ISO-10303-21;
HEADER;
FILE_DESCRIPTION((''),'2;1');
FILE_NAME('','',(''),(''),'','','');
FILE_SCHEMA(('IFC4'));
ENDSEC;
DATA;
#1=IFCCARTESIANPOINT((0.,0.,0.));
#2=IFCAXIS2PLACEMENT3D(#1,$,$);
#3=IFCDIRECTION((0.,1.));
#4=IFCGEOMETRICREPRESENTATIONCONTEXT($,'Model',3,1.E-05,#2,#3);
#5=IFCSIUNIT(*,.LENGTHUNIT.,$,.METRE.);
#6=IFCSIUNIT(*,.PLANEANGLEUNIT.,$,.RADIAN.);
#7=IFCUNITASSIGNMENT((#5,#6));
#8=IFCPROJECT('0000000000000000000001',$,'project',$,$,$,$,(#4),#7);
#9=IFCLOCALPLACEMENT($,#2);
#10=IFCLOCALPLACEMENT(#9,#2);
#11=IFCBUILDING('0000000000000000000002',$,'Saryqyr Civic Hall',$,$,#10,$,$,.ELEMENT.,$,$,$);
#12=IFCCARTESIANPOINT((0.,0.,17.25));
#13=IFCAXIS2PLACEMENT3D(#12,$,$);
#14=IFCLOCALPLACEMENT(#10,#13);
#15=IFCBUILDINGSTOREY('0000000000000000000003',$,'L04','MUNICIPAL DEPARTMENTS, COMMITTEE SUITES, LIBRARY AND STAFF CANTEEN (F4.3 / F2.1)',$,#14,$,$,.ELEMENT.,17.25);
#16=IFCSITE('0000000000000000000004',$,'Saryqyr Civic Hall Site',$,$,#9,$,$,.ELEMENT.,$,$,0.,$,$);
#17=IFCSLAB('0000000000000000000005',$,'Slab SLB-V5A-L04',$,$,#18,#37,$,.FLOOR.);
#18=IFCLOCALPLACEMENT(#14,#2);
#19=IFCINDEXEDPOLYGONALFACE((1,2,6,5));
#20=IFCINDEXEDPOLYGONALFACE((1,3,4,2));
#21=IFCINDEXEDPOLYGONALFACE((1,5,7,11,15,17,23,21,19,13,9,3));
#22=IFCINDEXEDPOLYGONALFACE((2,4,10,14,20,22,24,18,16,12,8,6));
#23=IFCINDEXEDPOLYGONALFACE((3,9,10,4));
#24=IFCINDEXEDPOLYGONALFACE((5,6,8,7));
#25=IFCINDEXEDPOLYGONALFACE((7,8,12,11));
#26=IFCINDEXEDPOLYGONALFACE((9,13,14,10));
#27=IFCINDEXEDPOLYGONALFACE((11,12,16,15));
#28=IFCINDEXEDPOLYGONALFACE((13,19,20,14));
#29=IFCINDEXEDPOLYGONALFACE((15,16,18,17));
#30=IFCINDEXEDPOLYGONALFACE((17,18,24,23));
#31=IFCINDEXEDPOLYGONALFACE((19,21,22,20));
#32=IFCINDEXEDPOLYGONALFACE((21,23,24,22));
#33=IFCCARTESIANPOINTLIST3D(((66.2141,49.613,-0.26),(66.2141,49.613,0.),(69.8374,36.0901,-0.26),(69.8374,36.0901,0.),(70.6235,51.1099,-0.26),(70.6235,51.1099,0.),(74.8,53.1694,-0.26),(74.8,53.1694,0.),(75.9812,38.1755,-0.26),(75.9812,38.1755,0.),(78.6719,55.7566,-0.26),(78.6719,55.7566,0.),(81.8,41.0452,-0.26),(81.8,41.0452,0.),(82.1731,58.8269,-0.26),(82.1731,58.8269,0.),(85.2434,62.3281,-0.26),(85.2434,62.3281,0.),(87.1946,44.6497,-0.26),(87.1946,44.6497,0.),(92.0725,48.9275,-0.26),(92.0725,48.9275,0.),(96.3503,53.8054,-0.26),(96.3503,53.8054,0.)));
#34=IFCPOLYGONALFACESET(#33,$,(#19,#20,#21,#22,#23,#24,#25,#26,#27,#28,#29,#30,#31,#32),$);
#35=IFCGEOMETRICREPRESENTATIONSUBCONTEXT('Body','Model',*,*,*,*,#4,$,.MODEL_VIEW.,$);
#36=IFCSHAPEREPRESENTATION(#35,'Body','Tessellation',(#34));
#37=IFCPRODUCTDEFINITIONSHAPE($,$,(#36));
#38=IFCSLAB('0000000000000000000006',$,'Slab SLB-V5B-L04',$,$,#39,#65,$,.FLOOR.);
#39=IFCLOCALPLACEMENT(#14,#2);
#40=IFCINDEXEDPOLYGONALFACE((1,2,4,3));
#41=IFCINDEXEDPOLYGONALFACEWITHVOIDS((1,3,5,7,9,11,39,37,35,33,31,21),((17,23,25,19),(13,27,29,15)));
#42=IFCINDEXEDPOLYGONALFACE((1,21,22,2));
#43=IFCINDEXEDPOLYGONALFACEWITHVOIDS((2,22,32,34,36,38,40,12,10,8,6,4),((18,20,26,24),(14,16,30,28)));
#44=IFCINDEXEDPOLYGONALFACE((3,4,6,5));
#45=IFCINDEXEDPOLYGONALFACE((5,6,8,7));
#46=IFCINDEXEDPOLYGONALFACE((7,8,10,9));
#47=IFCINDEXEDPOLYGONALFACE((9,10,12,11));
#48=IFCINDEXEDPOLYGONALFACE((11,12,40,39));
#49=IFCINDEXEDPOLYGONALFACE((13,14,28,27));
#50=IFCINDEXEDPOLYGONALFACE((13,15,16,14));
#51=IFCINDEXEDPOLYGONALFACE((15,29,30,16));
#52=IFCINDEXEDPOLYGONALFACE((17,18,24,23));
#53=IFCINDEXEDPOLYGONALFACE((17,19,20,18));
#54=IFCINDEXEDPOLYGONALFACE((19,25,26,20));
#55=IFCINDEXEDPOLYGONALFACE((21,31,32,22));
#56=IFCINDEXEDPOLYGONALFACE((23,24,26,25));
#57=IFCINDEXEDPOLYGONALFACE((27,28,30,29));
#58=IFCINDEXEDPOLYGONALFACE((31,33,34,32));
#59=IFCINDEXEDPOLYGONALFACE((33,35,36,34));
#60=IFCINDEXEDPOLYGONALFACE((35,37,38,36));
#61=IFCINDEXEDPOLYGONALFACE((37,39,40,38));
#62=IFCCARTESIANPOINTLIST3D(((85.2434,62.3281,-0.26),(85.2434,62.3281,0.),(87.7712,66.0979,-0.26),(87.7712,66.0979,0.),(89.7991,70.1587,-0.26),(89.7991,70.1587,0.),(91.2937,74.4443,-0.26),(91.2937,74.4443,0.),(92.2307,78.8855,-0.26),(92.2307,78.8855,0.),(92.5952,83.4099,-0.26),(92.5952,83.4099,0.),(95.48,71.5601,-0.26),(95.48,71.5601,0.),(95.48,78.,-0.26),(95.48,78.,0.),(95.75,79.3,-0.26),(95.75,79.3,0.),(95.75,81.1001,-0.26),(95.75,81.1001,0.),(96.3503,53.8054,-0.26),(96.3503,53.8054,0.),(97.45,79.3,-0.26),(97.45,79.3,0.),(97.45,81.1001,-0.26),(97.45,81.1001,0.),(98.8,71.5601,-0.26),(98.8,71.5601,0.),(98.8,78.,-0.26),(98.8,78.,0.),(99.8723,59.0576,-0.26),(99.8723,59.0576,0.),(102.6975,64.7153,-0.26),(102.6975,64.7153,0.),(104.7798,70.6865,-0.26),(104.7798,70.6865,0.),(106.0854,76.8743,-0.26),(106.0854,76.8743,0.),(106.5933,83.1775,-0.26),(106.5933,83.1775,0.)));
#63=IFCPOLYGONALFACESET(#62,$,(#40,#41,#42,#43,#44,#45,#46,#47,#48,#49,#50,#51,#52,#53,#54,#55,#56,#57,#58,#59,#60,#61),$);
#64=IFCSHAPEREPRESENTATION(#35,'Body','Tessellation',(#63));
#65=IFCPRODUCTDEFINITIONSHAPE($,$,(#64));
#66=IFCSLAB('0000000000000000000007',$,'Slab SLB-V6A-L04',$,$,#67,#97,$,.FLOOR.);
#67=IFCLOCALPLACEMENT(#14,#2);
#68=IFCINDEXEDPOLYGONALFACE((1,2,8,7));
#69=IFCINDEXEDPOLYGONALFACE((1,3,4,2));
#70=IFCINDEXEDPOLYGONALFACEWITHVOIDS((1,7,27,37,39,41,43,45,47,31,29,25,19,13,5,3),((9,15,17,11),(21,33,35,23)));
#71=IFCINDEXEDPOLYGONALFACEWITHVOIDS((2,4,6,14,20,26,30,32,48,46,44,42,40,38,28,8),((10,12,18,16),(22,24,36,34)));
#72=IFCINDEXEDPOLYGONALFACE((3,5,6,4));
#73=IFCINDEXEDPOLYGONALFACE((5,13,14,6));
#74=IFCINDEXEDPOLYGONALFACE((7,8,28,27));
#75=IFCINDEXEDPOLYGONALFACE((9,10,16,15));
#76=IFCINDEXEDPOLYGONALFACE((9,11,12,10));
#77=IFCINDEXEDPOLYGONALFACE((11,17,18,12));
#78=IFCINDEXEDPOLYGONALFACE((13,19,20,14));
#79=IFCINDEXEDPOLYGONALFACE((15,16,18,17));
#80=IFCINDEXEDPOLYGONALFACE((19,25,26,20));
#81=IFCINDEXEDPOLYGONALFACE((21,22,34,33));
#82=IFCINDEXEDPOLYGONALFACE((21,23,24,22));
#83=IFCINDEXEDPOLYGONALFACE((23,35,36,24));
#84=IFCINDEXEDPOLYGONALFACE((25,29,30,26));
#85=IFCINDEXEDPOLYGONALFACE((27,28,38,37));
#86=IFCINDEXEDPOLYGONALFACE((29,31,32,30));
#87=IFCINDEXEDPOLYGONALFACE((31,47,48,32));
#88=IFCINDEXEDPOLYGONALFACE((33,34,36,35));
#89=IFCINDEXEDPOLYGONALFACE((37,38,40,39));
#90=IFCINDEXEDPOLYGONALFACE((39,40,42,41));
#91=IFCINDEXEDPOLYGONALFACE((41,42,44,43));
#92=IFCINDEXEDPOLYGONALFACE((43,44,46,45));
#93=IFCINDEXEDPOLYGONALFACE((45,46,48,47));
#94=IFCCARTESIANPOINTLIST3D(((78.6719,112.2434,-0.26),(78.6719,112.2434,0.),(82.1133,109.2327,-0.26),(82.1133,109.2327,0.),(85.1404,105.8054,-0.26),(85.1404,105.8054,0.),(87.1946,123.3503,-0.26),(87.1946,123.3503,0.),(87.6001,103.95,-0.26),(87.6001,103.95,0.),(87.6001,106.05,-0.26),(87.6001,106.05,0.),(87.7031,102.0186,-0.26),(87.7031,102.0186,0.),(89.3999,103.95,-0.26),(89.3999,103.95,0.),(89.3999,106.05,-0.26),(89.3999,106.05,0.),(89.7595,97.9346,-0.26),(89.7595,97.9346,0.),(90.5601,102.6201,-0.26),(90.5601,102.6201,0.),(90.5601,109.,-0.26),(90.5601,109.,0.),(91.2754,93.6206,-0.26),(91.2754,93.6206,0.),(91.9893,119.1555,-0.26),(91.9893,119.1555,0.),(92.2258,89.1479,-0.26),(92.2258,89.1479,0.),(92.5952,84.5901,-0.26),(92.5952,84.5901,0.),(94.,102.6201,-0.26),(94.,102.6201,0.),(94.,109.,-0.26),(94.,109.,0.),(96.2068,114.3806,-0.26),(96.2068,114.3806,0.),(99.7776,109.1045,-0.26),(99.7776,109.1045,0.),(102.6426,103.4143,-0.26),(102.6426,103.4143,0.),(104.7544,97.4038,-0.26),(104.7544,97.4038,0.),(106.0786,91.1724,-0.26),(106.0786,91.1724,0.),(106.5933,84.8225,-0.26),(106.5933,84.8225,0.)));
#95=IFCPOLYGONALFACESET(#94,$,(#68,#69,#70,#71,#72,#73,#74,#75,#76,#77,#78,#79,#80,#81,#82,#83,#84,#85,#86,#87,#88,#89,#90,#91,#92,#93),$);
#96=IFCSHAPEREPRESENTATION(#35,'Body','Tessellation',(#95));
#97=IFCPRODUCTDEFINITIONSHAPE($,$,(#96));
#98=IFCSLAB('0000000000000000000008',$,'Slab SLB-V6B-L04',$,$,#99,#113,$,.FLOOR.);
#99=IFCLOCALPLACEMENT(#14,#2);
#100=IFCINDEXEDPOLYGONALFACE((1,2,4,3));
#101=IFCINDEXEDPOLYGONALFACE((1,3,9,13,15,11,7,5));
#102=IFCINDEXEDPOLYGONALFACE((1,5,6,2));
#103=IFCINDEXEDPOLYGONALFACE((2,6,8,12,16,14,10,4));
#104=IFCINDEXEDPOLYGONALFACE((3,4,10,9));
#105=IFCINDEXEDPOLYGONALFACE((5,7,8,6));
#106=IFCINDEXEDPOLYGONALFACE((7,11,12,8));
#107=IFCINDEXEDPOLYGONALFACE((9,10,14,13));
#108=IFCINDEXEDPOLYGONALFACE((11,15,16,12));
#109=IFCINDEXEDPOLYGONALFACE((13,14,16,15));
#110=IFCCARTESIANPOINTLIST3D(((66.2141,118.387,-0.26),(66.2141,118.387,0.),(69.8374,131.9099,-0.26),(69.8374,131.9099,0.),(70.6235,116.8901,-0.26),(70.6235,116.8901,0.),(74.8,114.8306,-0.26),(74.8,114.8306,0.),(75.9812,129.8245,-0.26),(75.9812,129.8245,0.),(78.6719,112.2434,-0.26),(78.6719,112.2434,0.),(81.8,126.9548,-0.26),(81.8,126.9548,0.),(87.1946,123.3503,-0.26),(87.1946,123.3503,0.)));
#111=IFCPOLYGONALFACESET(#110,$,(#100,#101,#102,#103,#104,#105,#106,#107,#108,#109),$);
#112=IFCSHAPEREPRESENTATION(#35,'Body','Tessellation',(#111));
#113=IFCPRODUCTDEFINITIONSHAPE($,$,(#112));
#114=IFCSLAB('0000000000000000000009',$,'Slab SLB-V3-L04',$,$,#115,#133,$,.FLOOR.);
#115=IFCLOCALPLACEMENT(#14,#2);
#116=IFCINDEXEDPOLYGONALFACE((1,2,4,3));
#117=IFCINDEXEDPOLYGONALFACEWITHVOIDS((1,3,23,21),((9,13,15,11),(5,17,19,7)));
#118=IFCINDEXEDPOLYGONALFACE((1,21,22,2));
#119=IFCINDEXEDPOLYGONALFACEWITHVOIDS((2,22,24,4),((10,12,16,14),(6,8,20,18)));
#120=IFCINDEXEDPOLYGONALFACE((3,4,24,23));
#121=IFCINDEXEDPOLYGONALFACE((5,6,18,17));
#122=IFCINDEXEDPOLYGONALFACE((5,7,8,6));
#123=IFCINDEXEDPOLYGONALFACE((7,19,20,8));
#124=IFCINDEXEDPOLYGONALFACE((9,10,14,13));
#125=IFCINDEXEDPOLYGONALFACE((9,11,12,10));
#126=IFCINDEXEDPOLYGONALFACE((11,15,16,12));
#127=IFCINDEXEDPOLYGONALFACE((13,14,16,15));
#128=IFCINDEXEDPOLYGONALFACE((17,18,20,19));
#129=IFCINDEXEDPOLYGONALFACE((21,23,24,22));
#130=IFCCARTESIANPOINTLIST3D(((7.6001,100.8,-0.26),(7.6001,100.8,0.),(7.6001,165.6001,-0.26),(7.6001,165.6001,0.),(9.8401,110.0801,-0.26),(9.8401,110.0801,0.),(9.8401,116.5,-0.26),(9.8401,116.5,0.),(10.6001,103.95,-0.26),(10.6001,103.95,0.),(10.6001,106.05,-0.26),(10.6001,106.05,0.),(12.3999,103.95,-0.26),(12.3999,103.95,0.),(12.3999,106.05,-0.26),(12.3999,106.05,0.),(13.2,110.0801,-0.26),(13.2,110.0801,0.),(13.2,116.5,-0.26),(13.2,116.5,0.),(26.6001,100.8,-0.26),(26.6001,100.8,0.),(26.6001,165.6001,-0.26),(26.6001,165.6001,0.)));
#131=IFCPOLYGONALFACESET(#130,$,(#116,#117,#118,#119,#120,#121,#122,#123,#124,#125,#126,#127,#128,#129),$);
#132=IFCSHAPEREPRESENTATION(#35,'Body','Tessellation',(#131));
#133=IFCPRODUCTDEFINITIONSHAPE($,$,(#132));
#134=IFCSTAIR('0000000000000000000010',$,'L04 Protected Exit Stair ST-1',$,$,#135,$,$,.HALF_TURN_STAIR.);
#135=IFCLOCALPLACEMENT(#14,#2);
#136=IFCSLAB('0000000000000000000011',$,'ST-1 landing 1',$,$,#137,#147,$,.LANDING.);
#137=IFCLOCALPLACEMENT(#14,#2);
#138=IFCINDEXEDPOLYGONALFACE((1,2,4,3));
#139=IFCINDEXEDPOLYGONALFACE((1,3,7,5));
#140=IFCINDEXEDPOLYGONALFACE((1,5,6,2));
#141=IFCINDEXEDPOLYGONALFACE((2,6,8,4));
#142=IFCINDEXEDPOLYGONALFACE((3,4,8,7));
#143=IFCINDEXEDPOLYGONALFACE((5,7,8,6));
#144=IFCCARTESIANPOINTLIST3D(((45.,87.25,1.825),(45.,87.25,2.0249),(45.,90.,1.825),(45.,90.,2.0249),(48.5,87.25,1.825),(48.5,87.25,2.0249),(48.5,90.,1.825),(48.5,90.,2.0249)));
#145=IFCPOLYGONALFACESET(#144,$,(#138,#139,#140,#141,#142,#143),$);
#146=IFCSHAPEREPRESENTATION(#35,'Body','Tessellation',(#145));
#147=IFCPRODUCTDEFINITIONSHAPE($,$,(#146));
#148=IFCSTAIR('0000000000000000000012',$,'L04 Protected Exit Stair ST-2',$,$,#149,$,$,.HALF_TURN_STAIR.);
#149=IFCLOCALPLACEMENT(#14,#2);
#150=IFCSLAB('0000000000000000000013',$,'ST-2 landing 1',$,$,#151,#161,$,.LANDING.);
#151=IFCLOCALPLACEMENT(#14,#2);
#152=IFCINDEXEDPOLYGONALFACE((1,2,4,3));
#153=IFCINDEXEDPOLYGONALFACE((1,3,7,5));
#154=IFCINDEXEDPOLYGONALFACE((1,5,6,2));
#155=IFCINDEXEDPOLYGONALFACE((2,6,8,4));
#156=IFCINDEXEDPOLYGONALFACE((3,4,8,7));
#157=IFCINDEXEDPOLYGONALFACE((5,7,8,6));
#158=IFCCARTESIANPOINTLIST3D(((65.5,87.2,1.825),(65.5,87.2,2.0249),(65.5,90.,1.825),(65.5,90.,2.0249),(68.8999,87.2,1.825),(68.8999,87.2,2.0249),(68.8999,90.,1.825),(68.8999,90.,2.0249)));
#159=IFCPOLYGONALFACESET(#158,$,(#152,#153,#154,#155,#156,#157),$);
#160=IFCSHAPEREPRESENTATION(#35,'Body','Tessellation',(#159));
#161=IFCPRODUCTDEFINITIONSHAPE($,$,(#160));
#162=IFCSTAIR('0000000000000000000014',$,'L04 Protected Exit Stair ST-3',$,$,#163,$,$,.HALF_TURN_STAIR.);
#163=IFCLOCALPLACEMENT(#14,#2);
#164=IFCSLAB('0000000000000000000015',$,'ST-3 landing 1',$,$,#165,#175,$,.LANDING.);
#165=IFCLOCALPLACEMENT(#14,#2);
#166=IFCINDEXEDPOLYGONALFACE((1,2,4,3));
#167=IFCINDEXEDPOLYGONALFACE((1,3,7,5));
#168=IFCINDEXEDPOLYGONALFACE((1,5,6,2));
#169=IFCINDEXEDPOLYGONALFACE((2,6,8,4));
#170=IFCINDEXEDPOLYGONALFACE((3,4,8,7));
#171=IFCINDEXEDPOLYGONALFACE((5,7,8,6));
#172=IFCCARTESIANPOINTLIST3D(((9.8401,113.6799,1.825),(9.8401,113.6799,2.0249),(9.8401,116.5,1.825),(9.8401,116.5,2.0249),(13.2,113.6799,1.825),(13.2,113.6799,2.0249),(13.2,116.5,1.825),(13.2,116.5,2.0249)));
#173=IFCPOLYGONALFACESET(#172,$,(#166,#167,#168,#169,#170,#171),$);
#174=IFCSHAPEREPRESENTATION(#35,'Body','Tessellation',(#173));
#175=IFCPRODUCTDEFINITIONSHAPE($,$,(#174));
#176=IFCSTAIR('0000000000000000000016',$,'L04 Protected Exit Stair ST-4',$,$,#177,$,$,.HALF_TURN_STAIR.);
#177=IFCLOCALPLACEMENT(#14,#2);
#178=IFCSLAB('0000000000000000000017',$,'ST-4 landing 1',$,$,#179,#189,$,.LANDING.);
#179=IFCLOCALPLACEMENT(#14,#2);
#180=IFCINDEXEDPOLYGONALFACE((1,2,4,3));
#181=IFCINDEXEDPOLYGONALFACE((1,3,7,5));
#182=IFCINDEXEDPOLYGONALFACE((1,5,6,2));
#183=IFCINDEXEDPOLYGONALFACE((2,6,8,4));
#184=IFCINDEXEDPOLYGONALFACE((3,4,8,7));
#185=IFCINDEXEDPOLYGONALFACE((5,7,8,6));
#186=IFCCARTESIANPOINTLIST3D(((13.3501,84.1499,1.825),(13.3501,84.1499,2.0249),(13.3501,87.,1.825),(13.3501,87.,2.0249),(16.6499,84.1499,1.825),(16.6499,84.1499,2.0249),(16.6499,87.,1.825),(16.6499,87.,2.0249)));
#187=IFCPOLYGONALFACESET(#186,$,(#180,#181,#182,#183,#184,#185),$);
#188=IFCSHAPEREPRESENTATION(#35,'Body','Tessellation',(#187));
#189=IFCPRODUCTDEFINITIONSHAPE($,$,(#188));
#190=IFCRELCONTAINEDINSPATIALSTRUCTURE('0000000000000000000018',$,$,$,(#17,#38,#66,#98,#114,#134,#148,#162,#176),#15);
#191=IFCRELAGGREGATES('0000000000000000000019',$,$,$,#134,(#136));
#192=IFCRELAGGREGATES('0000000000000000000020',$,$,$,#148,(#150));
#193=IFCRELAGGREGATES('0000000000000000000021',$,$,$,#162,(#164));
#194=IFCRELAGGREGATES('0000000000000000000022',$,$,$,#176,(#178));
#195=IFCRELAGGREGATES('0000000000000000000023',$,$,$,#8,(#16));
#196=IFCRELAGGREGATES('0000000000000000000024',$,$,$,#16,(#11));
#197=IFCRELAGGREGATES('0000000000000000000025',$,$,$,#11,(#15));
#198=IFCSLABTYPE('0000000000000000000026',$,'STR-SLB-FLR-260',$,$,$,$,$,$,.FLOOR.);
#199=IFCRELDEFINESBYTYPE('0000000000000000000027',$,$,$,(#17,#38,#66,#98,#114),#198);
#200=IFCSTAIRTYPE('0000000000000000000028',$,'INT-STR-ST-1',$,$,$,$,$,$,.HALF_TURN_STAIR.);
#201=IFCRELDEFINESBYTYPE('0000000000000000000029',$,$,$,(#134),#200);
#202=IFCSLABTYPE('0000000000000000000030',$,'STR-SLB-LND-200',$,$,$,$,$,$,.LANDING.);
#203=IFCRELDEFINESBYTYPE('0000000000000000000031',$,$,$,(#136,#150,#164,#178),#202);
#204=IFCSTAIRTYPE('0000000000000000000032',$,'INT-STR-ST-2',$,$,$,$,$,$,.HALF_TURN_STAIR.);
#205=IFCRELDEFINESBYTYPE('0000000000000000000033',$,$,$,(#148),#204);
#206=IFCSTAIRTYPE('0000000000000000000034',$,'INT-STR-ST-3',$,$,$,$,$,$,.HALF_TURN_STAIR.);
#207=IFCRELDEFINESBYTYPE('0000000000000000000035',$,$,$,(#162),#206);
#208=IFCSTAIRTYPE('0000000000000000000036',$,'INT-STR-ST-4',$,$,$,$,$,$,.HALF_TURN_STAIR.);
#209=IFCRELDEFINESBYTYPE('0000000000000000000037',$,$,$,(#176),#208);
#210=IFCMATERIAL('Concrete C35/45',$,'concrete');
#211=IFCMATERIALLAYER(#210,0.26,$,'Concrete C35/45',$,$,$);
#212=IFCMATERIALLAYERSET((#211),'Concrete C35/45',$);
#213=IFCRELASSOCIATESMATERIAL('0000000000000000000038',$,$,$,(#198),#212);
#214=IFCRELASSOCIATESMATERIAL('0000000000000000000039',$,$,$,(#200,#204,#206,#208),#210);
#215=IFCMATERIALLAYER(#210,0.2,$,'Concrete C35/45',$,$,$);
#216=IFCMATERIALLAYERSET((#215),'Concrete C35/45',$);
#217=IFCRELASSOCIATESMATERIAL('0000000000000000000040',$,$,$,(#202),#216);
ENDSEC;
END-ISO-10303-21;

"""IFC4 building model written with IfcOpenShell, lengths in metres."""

from ifc_helpers import new_model, si_unit, direction, frame, origin, place, context, subcontext, project, spatial, polyline, outline, extrude, material, layer, layer_set, type_object, element, aggregate, save


model = new_model("IFC4")

# Units and contexts
model_context = context("Model", 3, precision=1e-05, world=origin(), true_north=direction((0.0, 1.0)))
body_context = subcontext(model_context, "Body", "Model", "MODEL_VIEW")
ifc_project = project(units=[si_unit("LENGTHUNIT", "METRE"), si_unit("PLANEANGLEUNIT", "RADIAN")], contexts=[model_context])

# Site, building, storey
site_placement = place(None, origin())
site = spatial("IfcSite", under=ifc_project, at=site_placement, Name="Saryqyr Civic Hall Site", CompositionType="ELEMENT", RefElevation=0.0)
building_placement = place(site_placement, origin())
building = spatial("IfcBuilding", under=site, at=building_placement, Name="Saryqyr Civic Hall", CompositionType="ELEMENT")
storey_placement = place(building_placement, frame((0.0, 0.0, 17.25)))
storey = spatial("IfcBuildingStorey", under=building, at=storey_placement, Name="L04", Description="MUNICIPAL DEPARTMENTS, COMMITTEE SUITES, LIBRARY AND STAFF CANTEEN (F4.3 / F2.1)", CompositionType="ELEMENT", Elevation=17.25)

# Slabs
ifc_material_1 = material(Name="Concrete C35/45", Category="concrete")
ifc_layer_1 = layer(ifc_material_1, 0.26, Name="Concrete C35/45")
ifc_layer_set_1 = layer_set([ifc_layer_1], Name="Concrete C35/45")
slab_type_1 = type_object("IfcSlabType", Name="STR-SLB-FLR-260", PredefinedType="FLOOR", material=ifc_layer_set_1)
slab_1_placement = place(storey_placement, frame((0.0, 0.0, -0.26)))
element("IfcSlab", 1, at=slab_1_placement, inside=storey, type_object=slab_type_1, Name="Slab SLB-V5A-L04", PredefinedType="FLOOR", context=body_context, shape_type="SweptSolid", body=[
    extrude(outline(polyline([(70.6235, 51.1099), (74.8, 53.1694), (78.6719, 55.7566), (82.1731, 58.8269), (85.2434, 62.3281), (96.3503, 53.8054), (92.0725, 48.9275), (87.1946, 44.6497), (81.8, 41.0452), (75.9812, 38.1755), (69.8374, 36.0901), (66.2141, 49.613), (70.6235, 51.1099)])), origin(), (0.0, 0.0, 1.0), 0.26),
])
slab_2_placement = place(storey_placement, frame((0.0, 0.0, -0.26)))
element("IfcSlab", 2, at=slab_2_placement, inside=storey, type_object=slab_type_1, Name="Slab SLB-V5B-L04", PredefinedType="FLOOR", context=body_context, shape_type="SweptSolid", body=[
    extrude(outline(polyline([(87.7712, 66.0979), (89.7991, 70.1587), (91.2937, 74.4443), (92.2307, 78.8855), (92.5952, 83.4099), (106.5933, 83.1775), (106.0854, 76.8743), (104.7798, 70.6865), (102.6975, 64.7153), (99.8723, 59.0576), (96.3503, 53.8054), (85.2434, 62.3281), (87.7712, 66.0979)]), holes=[polyline([(98.8, 78.0), (95.48, 78.0), (95.48, 71.5601), (98.8, 71.5601), (98.8, 78.0)]), polyline([(97.45, 79.3), (97.45, 81.1001), (95.75, 81.1001), (95.75, 79.3), (97.45, 79.3)])]), origin(), (0.0, 0.0, 1.0), 0.26),
])
slab_3_placement = place(storey_placement, frame((0.0, 0.0, -0.26)))
element("IfcSlab", 3, at=slab_3_placement, inside=storey, type_object=slab_type_1, Name="Slab SLB-V6A-L04", PredefinedType="FLOOR", context=body_context, shape_type="SweptSolid", body=[
    extrude(outline(polyline([(92.2258, 89.1479), (91.2754, 93.6206), (89.7595, 97.9346), (87.7031, 102.0186), (85.1404, 105.8054), (82.1133, 109.2327), (78.6719, 112.2434), (87.1946, 123.3503), (91.9893, 119.1555), (96.2068, 114.3806), (99.7776, 109.1045), (102.6426, 103.4143), (104.7544, 97.4038), (106.0786, 91.1724), (106.5933, 84.8225), (92.5952, 84.5901), (92.2258, 89.1479)]), holes=[polyline([(89.3999, 103.95), (89.3999, 106.05), (87.6001, 106.05), (87.6001, 103.95), (89.3999, 103.95)]), polyline([(94.0, 109.0), (90.5601, 109.0), (90.5601, 102.6201), (94.0, 102.6201), (94.0, 109.0)])]), origin(), (0.0, 0.0, 1.0), 0.26),
])
slab_4_placement = place(storey_placement, frame((0.0, 0.0, -0.26)))
element("IfcSlab", 4, at=slab_4_placement, inside=storey, type_object=slab_type_1, Name="Slab SLB-V6B-L04", PredefinedType="FLOOR", context=body_context, shape_type="SweptSolid", body=[
    extrude(outline(polyline([(74.8, 114.8306), (70.6235, 116.8901), (66.2141, 118.387), (69.8374, 131.9099), (75.9812, 129.8245), (81.8, 126.9548), (87.1946, 123.3503), (78.6719, 112.2434), (74.8, 114.8306)])), origin(), (0.0, 0.0, 1.0), 0.26),
])
slab_5_placement = place(storey_placement, frame((0.0, 0.0, -0.26)))
element("IfcSlab", 5, at=slab_5_placement, inside=storey, type_object=slab_type_1, Name="Slab SLB-V3-L04", PredefinedType="FLOOR", context=body_context, shape_type="SweptSolid", body=[
    extrude(outline(polyline([(26.6001, 165.6001), (26.6001, 100.8), (7.6001, 100.8), (7.6001, 165.6001), (26.6001, 165.6001)]), holes=[polyline([(12.3999, 103.95), (12.3999, 106.05), (10.6001, 106.05), (10.6001, 103.95), (12.3999, 103.95)]), polyline([(9.8401, 116.5), (9.8401, 110.0801), (13.2, 110.0801), (13.2, 116.5), (9.8401, 116.5)])]), origin(), (0.0, 0.0, 1.0), 0.26),
])

# Stairs, slabs
stair_type_1 = type_object("IfcStairType", Name="INT-STR-ST-1", PredefinedType="HALF_TURN_STAIR", material=ifc_material_1)
stair_1_placement = place(storey_placement, origin())
stair_1 = element("IfcStair", 6, at=stair_1_placement, inside=storey, type_object=stair_type_1, Name="L04 Protected Exit Stair ST-1", PredefinedType="HALF_TURN_STAIR")
ifc_layer_2 = layer(ifc_material_1, 0.2, Name="Concrete C35/45")
ifc_layer_set_2 = layer_set([ifc_layer_2], Name="Concrete C35/45")
slab_type_2 = type_object("IfcSlabType", Name="STR-SLB-LND-200", PredefinedType="LANDING", material=ifc_layer_set_2)
slab_6_placement = place(storey_placement, frame((0.0, 0.0, 1.825)))
slab_6 = element("IfcSlab", 7, at=slab_6_placement, type_object=slab_type_2, Name="ST-1 landing 1", PredefinedType="LANDING", context=body_context, shape_type="SweptSolid", body=[
    extrude(outline(polyline([(48.5, 87.25), (48.5, 90.0), (45.0, 90.0), (45.0, 87.25), (48.5, 87.25)])), origin(), (0.0, 0.0, 1.0), 0.2),
])
aggregate(stair_1, [slab_6])
stair_type_2 = type_object("IfcStairType", Name="INT-STR-ST-2", PredefinedType="HALF_TURN_STAIR", material=ifc_material_1)
stair_2_placement = place(storey_placement, origin())
stair_2 = element("IfcStair", 8, at=stair_2_placement, inside=storey, type_object=stair_type_2, Name="L04 Protected Exit Stair ST-2", PredefinedType="HALF_TURN_STAIR")
slab_7_placement = place(storey_placement, frame((0.0, 0.0, 1.825)))
slab_7 = element("IfcSlab", 9, at=slab_7_placement, type_object=slab_type_2, Name="ST-2 landing 1", PredefinedType="LANDING", context=body_context, shape_type="SweptSolid", body=[
    extrude(outline(polyline([(68.8999, 87.2), (68.8999, 90.0), (65.5, 90.0), (65.5, 87.2), (68.8999, 87.2)])), origin(), (0.0, 0.0, 1.0), 0.2),
])
aggregate(stair_2, [slab_7])
stair_type_3 = type_object("IfcStairType", Name="INT-STR-ST-3", PredefinedType="HALF_TURN_STAIR", material=ifc_material_1)
stair_3_placement = place(storey_placement, origin())
stair_3 = element("IfcStair", 10, at=stair_3_placement, inside=storey, type_object=stair_type_3, Name="L04 Protected Exit Stair ST-3", PredefinedType="HALF_TURN_STAIR")
slab_8_placement = place(storey_placement, frame((0.0, 0.0, 1.825)))
slab_8 = element("IfcSlab", 11, at=slab_8_placement, type_object=slab_type_2, Name="ST-3 landing 1", PredefinedType="LANDING", context=body_context, shape_type="SweptSolid", body=[
    extrude(outline(polyline([(13.2, 113.6799), (13.2, 116.5), (9.8401, 116.5), (9.8401, 113.6799), (13.2, 113.6799)])), origin(), (0.0, 0.0, 1.0), 0.2),
])
aggregate(stair_3, [slab_8])
stair_type_4 = type_object("IfcStairType", Name="INT-STR-ST-4", PredefinedType="HALF_TURN_STAIR", material=ifc_material_1)
stair_4_placement = place(storey_placement, origin())
stair_4 = element("IfcStair", 12, at=stair_4_placement, inside=storey, type_object=stair_type_4, Name="L04 Protected Exit Stair ST-4", PredefinedType="HALF_TURN_STAIR")
slab_9_placement = place(storey_placement, frame((0.0, 0.0, 1.825)))
slab_9 = element("IfcSlab", 13, at=slab_9_placement, type_object=slab_type_2, Name="ST-4 landing 1", PredefinedType="LANDING", context=body_context, shape_type="SweptSolid", body=[
    extrude(outline(polyline([(16.6499, 84.1499), (16.6499, 87.0), (13.3501, 87.0), (13.3501, 84.1499), (16.6499, 84.1499)])), origin(), (0.0, 0.0, 1.0), 0.2),
])
aggregate(stair_4, [slab_9])

save(model, "model.ifc")
